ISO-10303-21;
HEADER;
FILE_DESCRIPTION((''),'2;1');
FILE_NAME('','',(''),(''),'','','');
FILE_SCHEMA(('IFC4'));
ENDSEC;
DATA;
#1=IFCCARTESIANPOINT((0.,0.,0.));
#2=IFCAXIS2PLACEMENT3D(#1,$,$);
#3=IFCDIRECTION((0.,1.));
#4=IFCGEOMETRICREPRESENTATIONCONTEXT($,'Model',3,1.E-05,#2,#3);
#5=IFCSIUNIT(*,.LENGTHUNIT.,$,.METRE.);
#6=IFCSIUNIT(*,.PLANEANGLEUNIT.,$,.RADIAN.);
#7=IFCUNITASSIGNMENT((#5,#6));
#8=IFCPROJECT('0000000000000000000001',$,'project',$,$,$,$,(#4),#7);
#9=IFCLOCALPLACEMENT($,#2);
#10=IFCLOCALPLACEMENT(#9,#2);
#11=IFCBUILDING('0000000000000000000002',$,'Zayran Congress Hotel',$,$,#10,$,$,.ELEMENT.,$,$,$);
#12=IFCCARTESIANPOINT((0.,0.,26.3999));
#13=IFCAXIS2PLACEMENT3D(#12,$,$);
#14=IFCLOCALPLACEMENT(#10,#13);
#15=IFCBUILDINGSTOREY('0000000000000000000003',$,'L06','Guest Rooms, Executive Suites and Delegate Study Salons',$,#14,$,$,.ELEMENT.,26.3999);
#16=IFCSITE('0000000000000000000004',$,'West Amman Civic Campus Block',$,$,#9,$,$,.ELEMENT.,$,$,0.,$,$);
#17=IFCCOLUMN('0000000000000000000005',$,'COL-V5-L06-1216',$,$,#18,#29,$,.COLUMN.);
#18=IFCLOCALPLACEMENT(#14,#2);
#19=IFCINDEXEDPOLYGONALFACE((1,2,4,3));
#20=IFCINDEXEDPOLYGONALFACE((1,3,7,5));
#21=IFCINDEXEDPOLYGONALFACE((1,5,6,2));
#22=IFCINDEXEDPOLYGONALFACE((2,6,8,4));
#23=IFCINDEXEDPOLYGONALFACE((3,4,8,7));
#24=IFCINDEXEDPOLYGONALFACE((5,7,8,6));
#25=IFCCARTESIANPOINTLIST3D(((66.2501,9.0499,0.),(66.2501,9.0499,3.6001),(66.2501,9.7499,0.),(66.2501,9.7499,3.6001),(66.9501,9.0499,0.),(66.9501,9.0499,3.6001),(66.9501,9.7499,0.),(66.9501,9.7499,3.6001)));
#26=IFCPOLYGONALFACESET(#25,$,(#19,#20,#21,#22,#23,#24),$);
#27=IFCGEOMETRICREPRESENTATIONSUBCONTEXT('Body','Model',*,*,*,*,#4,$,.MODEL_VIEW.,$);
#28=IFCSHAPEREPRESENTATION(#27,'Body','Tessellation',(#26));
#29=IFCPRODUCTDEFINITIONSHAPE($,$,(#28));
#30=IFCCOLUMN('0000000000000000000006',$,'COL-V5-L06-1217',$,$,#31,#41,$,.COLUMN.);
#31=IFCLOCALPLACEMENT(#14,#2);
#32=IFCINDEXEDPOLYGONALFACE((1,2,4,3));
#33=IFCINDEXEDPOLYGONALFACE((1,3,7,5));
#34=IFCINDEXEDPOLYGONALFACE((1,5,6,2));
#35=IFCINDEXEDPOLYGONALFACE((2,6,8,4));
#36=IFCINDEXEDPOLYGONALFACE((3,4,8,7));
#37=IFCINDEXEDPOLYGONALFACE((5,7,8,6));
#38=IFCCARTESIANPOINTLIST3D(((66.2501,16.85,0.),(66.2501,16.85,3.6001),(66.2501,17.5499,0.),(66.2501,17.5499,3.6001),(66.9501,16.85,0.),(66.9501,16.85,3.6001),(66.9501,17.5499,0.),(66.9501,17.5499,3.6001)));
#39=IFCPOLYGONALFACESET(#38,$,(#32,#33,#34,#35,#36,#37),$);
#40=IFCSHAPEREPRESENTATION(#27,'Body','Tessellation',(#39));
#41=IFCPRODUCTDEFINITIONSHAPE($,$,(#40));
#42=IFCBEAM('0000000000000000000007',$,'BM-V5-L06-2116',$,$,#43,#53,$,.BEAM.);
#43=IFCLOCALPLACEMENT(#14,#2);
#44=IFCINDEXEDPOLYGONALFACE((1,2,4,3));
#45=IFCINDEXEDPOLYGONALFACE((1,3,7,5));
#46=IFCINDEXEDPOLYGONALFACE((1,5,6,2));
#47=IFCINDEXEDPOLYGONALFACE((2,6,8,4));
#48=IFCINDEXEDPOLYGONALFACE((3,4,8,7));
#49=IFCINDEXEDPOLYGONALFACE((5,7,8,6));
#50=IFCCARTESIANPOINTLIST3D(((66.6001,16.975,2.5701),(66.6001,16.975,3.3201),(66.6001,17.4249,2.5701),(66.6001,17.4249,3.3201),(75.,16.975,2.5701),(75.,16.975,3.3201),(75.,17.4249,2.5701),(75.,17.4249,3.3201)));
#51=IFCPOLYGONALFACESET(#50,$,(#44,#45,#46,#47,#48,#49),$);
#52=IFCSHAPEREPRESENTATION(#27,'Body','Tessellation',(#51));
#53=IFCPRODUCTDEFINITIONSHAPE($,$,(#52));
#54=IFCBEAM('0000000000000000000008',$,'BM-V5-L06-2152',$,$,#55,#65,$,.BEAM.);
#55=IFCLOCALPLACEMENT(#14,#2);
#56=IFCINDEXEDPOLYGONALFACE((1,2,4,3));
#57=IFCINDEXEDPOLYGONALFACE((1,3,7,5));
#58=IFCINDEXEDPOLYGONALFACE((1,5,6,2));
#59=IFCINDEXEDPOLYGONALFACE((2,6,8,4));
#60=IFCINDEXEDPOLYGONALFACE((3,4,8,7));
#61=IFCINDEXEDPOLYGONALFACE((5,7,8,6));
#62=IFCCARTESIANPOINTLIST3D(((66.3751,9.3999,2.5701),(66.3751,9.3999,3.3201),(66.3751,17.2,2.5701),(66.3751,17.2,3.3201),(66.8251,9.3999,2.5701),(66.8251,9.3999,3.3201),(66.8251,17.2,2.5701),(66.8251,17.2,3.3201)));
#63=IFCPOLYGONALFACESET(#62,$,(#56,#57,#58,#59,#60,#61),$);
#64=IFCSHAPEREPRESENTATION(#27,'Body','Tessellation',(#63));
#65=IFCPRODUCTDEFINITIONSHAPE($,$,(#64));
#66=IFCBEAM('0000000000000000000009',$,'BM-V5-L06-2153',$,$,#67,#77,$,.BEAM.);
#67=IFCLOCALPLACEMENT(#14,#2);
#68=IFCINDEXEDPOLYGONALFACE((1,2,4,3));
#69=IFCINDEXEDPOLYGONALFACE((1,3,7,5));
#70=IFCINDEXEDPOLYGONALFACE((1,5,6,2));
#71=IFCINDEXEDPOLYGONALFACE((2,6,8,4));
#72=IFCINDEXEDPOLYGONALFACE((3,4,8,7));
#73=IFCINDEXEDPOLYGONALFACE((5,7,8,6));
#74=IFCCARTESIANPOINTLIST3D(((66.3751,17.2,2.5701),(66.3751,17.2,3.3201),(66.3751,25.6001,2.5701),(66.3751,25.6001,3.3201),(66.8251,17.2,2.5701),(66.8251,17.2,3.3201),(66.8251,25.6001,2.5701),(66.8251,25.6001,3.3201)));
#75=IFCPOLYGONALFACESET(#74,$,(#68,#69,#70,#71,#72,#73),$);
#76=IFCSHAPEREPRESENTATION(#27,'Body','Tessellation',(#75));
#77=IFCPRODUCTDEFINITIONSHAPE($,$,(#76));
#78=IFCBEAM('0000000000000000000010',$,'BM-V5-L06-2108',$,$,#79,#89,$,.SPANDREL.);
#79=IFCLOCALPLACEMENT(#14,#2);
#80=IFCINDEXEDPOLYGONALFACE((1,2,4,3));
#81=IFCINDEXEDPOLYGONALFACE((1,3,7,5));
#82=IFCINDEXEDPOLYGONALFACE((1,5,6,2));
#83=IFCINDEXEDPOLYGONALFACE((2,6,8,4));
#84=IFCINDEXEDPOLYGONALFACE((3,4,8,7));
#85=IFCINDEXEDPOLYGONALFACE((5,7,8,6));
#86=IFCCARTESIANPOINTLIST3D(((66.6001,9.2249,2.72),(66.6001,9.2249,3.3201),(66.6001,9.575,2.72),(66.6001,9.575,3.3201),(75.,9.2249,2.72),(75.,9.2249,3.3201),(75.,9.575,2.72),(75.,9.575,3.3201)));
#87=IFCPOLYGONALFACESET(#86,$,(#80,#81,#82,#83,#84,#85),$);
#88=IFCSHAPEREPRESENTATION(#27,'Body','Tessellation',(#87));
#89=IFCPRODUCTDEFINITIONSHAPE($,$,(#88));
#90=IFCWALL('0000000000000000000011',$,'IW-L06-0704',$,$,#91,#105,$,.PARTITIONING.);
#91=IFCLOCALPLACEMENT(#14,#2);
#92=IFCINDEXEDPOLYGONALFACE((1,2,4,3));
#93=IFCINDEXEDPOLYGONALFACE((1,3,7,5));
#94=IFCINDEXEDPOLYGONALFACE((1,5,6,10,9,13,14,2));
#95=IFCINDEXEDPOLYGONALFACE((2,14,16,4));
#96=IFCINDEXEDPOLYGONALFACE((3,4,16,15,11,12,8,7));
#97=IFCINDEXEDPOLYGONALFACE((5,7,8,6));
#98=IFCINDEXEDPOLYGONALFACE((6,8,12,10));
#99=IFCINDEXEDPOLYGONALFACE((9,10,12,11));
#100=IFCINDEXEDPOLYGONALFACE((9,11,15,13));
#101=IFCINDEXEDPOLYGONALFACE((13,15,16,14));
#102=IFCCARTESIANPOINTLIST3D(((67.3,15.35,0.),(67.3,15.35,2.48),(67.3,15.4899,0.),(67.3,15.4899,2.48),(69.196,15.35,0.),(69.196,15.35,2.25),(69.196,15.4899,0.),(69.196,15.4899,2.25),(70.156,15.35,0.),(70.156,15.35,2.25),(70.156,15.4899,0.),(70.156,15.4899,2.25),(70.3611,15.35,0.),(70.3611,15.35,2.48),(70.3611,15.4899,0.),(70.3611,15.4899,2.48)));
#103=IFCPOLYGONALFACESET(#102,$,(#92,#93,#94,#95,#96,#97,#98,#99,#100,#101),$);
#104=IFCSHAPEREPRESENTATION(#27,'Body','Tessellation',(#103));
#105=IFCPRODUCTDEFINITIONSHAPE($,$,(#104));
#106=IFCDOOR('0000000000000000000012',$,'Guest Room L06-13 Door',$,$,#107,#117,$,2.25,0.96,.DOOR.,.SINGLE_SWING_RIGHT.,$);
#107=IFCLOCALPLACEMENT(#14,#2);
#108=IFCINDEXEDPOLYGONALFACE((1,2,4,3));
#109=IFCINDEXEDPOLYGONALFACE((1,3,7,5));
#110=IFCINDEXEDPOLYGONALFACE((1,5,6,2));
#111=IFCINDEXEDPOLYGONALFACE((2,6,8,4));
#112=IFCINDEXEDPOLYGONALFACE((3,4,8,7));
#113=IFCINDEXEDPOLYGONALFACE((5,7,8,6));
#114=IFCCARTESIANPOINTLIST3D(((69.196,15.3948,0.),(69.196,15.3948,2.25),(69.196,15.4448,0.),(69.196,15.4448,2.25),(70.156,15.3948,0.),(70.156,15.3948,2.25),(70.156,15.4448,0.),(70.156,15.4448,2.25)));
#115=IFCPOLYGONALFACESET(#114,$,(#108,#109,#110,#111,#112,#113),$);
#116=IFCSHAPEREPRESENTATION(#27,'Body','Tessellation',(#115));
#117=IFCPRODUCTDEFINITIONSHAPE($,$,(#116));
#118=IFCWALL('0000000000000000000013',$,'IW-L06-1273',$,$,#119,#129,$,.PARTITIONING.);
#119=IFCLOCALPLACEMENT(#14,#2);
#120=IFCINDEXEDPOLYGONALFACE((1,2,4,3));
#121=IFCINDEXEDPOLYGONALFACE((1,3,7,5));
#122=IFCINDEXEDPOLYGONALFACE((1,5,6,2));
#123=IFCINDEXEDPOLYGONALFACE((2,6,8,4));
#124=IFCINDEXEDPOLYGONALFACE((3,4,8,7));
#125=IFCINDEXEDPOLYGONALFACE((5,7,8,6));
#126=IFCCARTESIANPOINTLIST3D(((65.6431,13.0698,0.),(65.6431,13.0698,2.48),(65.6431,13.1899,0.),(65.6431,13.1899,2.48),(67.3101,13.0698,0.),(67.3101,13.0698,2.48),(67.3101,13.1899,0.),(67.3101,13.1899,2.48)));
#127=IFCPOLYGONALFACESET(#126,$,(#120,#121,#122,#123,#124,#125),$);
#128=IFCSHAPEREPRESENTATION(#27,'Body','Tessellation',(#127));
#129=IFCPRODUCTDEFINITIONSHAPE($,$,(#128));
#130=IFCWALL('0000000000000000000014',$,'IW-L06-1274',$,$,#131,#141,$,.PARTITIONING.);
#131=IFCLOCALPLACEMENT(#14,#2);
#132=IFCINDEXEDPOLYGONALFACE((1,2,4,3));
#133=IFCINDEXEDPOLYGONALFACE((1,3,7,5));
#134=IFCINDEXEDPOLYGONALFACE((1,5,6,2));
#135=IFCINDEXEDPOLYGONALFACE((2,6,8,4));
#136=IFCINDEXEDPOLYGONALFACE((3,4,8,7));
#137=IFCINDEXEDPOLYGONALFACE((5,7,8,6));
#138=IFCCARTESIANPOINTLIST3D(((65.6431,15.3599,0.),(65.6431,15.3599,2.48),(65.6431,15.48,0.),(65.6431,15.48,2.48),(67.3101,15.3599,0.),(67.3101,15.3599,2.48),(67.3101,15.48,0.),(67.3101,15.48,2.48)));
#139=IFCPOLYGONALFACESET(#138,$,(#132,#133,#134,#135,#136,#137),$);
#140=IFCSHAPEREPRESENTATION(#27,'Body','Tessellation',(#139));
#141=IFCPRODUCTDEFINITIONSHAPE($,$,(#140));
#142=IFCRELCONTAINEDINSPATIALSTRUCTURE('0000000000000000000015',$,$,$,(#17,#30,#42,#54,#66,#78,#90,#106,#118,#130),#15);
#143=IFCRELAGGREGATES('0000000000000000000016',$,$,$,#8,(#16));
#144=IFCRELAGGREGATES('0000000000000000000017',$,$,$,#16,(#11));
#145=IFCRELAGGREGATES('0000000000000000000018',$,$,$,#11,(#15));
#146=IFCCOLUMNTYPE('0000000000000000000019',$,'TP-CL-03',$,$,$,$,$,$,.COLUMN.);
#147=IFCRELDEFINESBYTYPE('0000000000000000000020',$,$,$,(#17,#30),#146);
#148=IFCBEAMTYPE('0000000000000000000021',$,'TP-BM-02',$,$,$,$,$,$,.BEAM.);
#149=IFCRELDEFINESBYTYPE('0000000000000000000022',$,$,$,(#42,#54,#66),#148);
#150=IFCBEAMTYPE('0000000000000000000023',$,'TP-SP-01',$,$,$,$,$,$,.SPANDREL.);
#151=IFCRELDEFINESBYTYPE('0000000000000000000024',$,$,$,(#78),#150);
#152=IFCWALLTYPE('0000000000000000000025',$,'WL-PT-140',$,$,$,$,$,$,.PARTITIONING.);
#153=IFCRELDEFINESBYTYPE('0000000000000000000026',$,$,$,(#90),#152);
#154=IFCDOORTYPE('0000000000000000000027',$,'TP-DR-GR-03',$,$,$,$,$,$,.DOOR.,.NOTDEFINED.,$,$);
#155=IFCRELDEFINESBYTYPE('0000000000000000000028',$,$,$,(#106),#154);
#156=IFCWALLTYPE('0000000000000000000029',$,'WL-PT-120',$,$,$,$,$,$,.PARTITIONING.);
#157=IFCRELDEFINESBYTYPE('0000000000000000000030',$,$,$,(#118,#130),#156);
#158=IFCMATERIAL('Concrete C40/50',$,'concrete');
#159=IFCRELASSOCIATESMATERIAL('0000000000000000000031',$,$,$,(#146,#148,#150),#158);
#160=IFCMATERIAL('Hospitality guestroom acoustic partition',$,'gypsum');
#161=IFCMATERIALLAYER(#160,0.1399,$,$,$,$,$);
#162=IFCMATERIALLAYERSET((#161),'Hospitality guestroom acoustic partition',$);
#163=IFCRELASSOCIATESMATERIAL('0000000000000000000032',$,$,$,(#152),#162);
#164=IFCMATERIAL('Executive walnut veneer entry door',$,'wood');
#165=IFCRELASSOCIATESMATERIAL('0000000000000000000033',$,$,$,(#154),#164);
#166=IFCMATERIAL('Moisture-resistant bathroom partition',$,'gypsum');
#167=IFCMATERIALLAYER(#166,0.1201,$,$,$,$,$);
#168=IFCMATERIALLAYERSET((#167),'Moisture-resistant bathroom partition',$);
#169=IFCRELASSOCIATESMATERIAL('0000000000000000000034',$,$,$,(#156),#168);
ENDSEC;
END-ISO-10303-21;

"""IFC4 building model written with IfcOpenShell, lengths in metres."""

from ifc_helpers import new_model, si_unit, direction, frame, frame_2d, origin, origin_2d, place, context, subcontext, project, spatial, rectangle, extrude, material, layer, layer_set, material_profile, profile_set, type_object, element, fill, save


model = new_model("IFC4")

# Units and contexts
model_context = context("Model", 3, precision=1e-05, world=origin(), true_north=direction((0.0, 1.0)))
body_context = subcontext(model_context, "Body", "Model", "MODEL_VIEW")
ifc_project = project(units=[si_unit("LENGTHUNIT", "METRE"), si_unit("PLANEANGLEUNIT", "RADIAN")], contexts=[model_context])

# Site, building, storey
site_placement = place(None, origin())
site = spatial("IfcSite", under=ifc_project, at=site_placement, Name="West Amman Civic Campus Block", CompositionType="ELEMENT", RefElevation=0.0)
building_placement = place(site_placement, origin())
building = spatial("IfcBuilding", under=site, at=building_placement, Name="Zayran Congress Hotel", CompositionType="ELEMENT")
storey_placement = place(building_placement, frame((0.0, 0.0, 26.3999)))
storey = spatial("IfcBuildingStorey", under=building, at=storey_placement, Name="L06", Description="Guest Rooms, Executive Suites and Delegate Study Salons", CompositionType="ELEMENT", Elevation=26.3999)

# Columns
ifc_material_1 = material(Name="Concrete C40/50", Category="concrete")
ifc_material_profile_1 = material_profile(ifc_material_1, rectangle(XDim=0.7, YDim=0.7, at=origin_2d()), Name="RC 700x700")
ifc_profile_set_1 = profile_set([ifc_material_profile_1], Name="Concrete C40/50")
column_type = type_object("IfcColumnType", Name="TP-CL-03", PredefinedType="COLUMN", material=ifc_profile_set_1)
for number, where, z_axis, x_axis, name in (
    (1, (66.6001, 9.3999, 0.0), (0.0, 0.0, 1.0), (1.0, 0.0, 0.0), "COL-V5-L06-1216"),
    (2, (66.6001, 17.2, 0.0), (0.0, 0.0, 1.0), (1.0, 0.0, 0.0), "COL-V5-L06-1217"),
):
    element("IfcColumn", number, at=place(storey_placement, frame(where, z_axis=z_axis, x_axis=x_axis)), inside=storey, type_object=column_type, Name=name, PredefinedType="COLUMN", context=body_context, shape_type="SweptSolid", body=[
        extrude(rectangle(XDim=0.7, YDim=0.7, at=origin_2d()), origin(), (0.0, 0.0, 1.0), 3.6001),
    ])

# Beams
ifc_material_profile_2 = material_profile(ifc_material_1, rectangle(XDim=0.45, YDim=0.75, at=origin_2d()), Name="RC 450x750")
ifc_profile_set_2 = profile_set([ifc_material_profile_2], Name="Concrete C40/50")
beam_type_1 = type_object("IfcBeamType", Name="TP-BM-02", PredefinedType="BEAM", material=ifc_profile_set_2)
beam_1_placement = place(storey_placement, frame((66.6001, 17.2, 2.9451), z_axis=(1.0, 0.0, 0.0), x_axis=(0.0, 1.0, 0.0)))
element("IfcBeam", 3, at=beam_1_placement, inside=storey, type_object=beam_type_1, Name="BM-V5-L06-2116", PredefinedType="BEAM", context=body_context, shape_type="SweptSolid", body=[
    extrude(rectangle(XDim=0.45, YDim=0.75, at=origin_2d()), origin(), (0.0, 0.0, 1.0), 8.3999),
])
beam_2_placement = place(storey_placement, frame((66.6001, 9.3999, 2.9451), z_axis=(0.0, 1.0, 0.0), x_axis=(-1.0, 0.0, 0.0)))
element("IfcBeam", 4, at=beam_2_placement, inside=storey, type_object=beam_type_1, Name="BM-V5-L06-2152", PredefinedType="BEAM", context=body_context, shape_type="SweptSolid", body=[
    extrude(rectangle(XDim=0.45, YDim=0.75, at=origin_2d()), origin(), (0.0, 0.0, 1.0), 7.8),
])
beam_3_placement = place(storey_placement, frame((66.6001, 17.2, 2.9451), z_axis=(0.0, 1.0, 0.0), x_axis=(-1.0, 0.0, 0.0)))
element("IfcBeam", 5, at=beam_3_placement, inside=storey, type_object=beam_type_1, Name="BM-V5-L06-2153", PredefinedType="BEAM", context=body_context, shape_type="SweptSolid", body=[
    extrude(rectangle(XDim=0.45, YDim=0.75, at=origin_2d()), origin(), (0.0, 0.0, 1.0), 8.4001),
])
ifc_material_profile_3 = material_profile(ifc_material_1, rectangle(XDim=0.3501, YDim=0.6001, at=origin_2d()), Name="RC 350x600")
ifc_profile_set_3 = profile_set([ifc_material_profile_3], Name="Concrete C40/50")
beam_type_2 = type_object("IfcBeamType", Name="TP-SP-01", PredefinedType="SPANDREL", material=ifc_profile_set_3)
beam_4_placement = place(storey_placement, frame((66.6001, 9.3999, 3.02), z_axis=(1.0, 0.0, 0.0), x_axis=(0.0, 1.0, 0.0)))
element("IfcBeam", 6, at=beam_4_placement, inside=storey, type_object=beam_type_2, Name="BM-V5-L06-2108", PredefinedType="SPANDREL", context=body_context, shape_type="SweptSolid", body=[
    extrude(rectangle(XDim=0.3501, YDim=0.6001, at=origin_2d()), origin(), (0.0, 0.0, 1.0), 8.3999),
])

# Wall, opening, door
ifc_material_2 = material(Name="Hospitality guestroom acoustic partition", Category="gypsum")
ifc_layer_1 = layer(ifc_material_2, 0.1399)
ifc_layer_set_1 = layer_set([ifc_layer_1], Name="Hospitality guestroom acoustic partition")
wall_type_1 = type_object("IfcWallType", Name="WL-PT-140", PredefinedType="PARTITIONING", material=ifc_layer_set_1)
wall_1_placement = place(storey_placement, frame((67.3, 15.4199, 0.0), z_axis=(0.0, 0.0, 1.0), x_axis=(1.0, 0.0, 0.0)))
wall_1 = element("IfcWall", 7, at=wall_1_placement, inside=storey, type_object=wall_type_1, Name="IW-L06-0704", PredefinedType="PARTITIONING", context=body_context, shape_type="SweptSolid", body=[
    extrude(rectangle(XDim=3.061, YDim=0.1399, at=frame_2d((1.5305, 0.0))), origin(), (0.0, 0.0, 1.0), 2.48),
])
opening_1_placement = place(wall_1_placement, frame((1.896, 0.0, 0.0)))
opening_1 = element("IfcOpeningElement", 8, at=opening_1_placement, cuts=wall_1, PredefinedType="OPENING", context=body_context, shape_type="SweptSolid", body=[
    extrude(rectangle(XDim=0.96, YDim=2.25, at=frame_2d((0.48, 1.125))), frame((0.0, 0.0798, 0.0), z_axis=(0.0, -1.0, 0.0), x_axis=(1.0, 0.0, 0.0)), (0.0, 0.0, 1.0), 0.1599),
])
ifc_material_3 = material(Name="Executive walnut veneer entry door", Category="wood")
door_type_1 = type_object("IfcDoorType", Name="TP-DR-GR-03", OperationType="NOTDEFINED", PredefinedType="DOOR", material=ifc_material_3)
door_1_placement = place(opening_1_placement, origin())
door_1 = element("IfcDoor", 9, at=door_1_placement, inside=storey, type_object=door_type_1, Name="Guest Room L06-13 Door", OperationType="SINGLE_SWING_RIGHT", OverallHeight=2.25, OverallWidth=0.96, PredefinedType="DOOR", context=body_context, shape_type="SweptSolid", body=[
    extrude(rectangle(XDim=0.96, YDim=2.25, at=frame_2d((0.48, 1.125))), frame((0.0, 0.0249, 0.0), z_axis=(0.0, -1.0, 0.0), x_axis=(1.0, 0.0, 0.0)), (0.0, 0.0, 1.0), 0.05),
])
fill(opening_1, door_1)
ifc_material_4 = material(Name="Moisture-resistant bathroom partition", Category="gypsum")
ifc_layer_2 = layer(ifc_material_4, 0.1201)
ifc_layer_set_2 = layer_set([ifc_layer_2], Name="Moisture-resistant bathroom partition")
wall_type_2 = type_object("IfcWallType", Name="WL-PT-120", PredefinedType="PARTITIONING", material=ifc_layer_set_2)

# Walls
for number, where, z_axis, x_axis, name in (
    (10, (65.6431, 13.1299, 0.0), (0.0, 0.0, 1.0), (1.0, 0.0, 0.0), "IW-L06-1273"),
    (11, (65.6431, 15.4199, 0.0), (0.0, 0.0, 1.0), (1.0, 0.0, 0.0), "IW-L06-1274"),
):
    element("IfcWall", number, at=place(storey_placement, frame(where, z_axis=z_axis, x_axis=x_axis)), inside=storey, type_object=wall_type_2, Name=name, PredefinedType="PARTITIONING", context=body_context, shape_type="SweptSolid", body=[
        extrude(rectangle(XDim=1.667, YDim=0.1201, at=frame_2d((0.8335, 0.0))), origin(), (0.0, 0.0, 1.0), 2.48),
    ])

save(model, "model.ifc")
